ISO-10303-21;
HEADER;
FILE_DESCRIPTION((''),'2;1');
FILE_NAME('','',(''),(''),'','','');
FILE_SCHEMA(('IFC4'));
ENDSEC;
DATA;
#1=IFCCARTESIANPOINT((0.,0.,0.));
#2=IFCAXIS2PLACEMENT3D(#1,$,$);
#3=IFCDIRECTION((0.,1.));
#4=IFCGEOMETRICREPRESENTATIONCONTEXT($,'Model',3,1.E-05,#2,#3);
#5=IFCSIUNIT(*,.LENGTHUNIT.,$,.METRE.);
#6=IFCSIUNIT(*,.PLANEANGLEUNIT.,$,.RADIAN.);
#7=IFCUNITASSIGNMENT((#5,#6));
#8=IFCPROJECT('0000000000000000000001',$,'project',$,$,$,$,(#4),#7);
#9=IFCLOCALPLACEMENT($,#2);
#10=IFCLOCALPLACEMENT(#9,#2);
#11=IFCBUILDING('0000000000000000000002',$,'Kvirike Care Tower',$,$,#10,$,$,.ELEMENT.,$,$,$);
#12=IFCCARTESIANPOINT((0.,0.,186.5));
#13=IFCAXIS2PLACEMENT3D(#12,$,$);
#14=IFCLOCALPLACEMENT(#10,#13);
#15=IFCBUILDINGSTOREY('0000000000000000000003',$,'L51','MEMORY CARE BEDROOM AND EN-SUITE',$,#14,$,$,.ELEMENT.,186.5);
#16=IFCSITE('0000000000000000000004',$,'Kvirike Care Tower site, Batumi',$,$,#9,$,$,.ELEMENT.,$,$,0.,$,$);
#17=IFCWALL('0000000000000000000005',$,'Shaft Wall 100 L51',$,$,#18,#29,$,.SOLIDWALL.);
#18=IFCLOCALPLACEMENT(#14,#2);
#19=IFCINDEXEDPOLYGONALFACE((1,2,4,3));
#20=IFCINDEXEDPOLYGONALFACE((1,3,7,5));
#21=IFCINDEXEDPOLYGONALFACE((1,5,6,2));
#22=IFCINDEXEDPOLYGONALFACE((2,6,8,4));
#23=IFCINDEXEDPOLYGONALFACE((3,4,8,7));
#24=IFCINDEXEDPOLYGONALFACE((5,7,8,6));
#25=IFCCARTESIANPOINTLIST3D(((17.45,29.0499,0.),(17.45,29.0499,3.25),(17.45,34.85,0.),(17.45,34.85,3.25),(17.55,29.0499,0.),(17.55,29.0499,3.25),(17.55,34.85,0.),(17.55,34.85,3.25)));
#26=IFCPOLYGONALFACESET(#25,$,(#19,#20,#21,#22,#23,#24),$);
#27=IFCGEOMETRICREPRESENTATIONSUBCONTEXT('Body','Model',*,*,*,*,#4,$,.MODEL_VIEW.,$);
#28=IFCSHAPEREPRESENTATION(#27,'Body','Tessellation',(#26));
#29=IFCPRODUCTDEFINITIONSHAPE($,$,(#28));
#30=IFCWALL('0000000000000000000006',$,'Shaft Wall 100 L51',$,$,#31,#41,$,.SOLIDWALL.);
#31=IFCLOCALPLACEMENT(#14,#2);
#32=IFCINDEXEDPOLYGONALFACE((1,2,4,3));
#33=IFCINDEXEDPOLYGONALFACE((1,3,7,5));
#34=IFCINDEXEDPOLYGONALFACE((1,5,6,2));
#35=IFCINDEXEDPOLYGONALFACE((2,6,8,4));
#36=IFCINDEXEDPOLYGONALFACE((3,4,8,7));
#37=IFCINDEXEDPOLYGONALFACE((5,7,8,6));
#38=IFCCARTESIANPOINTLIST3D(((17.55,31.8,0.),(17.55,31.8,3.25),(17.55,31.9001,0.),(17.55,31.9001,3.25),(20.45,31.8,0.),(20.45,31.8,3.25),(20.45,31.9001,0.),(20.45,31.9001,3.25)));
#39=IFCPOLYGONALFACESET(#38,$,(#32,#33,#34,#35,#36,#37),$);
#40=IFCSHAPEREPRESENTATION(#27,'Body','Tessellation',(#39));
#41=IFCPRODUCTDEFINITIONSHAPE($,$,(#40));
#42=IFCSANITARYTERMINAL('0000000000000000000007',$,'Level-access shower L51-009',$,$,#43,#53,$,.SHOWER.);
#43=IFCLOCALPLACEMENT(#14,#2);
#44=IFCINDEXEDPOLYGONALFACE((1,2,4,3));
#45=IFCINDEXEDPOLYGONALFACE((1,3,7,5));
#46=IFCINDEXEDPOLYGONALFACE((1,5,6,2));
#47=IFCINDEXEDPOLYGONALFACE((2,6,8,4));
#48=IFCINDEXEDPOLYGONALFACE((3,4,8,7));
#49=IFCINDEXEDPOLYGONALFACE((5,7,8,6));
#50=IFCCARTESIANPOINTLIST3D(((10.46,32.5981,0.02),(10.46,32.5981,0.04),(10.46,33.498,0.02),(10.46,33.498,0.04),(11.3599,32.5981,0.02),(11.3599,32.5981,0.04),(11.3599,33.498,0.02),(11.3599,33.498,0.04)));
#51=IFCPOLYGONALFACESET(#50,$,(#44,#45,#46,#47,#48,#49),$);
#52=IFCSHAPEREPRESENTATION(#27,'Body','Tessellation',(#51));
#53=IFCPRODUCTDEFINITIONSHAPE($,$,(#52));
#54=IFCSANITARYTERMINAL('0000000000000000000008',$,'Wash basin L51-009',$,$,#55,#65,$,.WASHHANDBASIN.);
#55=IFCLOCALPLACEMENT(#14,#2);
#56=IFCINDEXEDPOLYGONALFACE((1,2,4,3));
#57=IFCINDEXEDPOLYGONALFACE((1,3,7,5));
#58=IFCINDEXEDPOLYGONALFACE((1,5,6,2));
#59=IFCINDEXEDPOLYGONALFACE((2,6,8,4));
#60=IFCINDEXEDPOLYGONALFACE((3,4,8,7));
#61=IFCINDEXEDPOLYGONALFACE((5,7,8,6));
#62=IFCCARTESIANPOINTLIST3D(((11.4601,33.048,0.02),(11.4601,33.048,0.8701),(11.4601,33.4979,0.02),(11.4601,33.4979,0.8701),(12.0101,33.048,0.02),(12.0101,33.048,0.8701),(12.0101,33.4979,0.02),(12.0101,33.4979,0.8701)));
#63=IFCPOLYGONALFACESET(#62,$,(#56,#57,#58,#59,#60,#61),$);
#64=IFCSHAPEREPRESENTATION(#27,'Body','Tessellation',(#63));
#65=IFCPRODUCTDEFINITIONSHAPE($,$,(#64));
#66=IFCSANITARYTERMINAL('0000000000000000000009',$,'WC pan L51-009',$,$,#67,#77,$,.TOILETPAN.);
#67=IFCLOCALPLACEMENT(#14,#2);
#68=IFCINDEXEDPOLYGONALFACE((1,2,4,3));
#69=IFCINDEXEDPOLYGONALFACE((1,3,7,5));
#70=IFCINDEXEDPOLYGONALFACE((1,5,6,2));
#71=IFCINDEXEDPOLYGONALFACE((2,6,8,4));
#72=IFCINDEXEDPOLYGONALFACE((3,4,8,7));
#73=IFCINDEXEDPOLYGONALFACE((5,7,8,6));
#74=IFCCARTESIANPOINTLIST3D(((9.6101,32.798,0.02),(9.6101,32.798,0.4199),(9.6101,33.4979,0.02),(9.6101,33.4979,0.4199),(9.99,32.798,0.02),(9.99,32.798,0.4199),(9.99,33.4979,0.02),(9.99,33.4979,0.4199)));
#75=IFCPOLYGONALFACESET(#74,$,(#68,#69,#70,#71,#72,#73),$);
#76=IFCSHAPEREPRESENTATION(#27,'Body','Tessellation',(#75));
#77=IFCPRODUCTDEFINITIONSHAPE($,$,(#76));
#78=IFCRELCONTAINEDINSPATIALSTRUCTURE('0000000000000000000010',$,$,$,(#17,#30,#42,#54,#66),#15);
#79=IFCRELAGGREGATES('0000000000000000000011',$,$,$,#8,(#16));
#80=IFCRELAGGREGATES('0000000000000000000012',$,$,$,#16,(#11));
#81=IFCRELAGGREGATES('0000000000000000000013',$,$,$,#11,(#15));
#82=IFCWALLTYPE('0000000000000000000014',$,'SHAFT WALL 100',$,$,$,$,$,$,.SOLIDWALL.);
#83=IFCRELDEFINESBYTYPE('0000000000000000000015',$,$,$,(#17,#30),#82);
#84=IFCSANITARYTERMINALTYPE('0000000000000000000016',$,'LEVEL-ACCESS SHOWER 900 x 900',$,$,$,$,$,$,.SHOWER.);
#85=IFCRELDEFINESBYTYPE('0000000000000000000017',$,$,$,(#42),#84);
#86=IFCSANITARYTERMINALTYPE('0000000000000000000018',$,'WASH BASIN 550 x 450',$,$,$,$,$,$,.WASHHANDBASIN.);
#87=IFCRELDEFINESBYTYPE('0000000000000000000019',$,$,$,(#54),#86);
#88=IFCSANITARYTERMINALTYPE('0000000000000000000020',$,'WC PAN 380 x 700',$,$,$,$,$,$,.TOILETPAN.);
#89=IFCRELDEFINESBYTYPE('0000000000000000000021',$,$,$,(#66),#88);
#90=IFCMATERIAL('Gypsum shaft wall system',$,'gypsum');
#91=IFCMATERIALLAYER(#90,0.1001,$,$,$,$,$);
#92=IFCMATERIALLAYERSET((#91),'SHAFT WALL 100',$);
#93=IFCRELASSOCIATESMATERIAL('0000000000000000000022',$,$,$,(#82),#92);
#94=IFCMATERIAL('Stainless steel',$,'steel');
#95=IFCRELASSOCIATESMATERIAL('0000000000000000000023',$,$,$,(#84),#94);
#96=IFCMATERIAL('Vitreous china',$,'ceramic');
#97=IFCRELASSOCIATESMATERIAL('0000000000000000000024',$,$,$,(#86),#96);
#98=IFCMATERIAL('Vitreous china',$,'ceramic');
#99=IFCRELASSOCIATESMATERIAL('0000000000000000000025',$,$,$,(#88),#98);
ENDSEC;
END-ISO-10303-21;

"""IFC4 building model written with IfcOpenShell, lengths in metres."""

from ifc_helpers import new_model, si_unit, direction, frame, frame_2d, origin, origin_2d, place, context, subcontext, project, spatial, rectangle, extrude, material, layer, layer_set, type_object, element, save


model = new_model("IFC4")

# Units and contexts
model_context = context("Model", 3, precision=1e-05, world=origin(), true_north=direction((0.0, 1.0)))
body_context = subcontext(model_context, "Body", "Model", "MODEL_VIEW")
ifc_project = project(units=[si_unit("LENGTHUNIT", "METRE"), si_unit("PLANEANGLEUNIT", "RADIAN")], contexts=[model_context])

# Site, building, storey
site_placement = place(None, origin())
site = spatial("IfcSite", under=ifc_project, at=site_placement, Name="Kvirike Care Tower site, Batumi", CompositionType="ELEMENT", RefElevation=0.0)
building_placement = place(site_placement, origin())
building = spatial("IfcBuilding", under=site, at=building_placement, Name="Kvirike Care Tower", CompositionType="ELEMENT")
storey_placement = place(building_placement, frame((0.0, 0.0, 186.5)))
storey = spatial("IfcBuildingStorey", under=building, at=storey_placement, Name="L51", Description="MEMORY CARE BEDROOM AND EN-SUITE", CompositionType="ELEMENT", Elevation=186.5)

# Walls
ifc_material_1 = material(Name="Gypsum shaft wall system", Category="gypsum")
ifc_layer_1 = layer(ifc_material_1, 0.1001)
ifc_layer_set_1 = layer_set([ifc_layer_1], Name="SHAFT WALL 100")
wall_type_1 = type_object("IfcWallType", Name="SHAFT WALL 100", PredefinedType="SOLIDWALL", material=ifc_layer_set_1)
wall_1_placement = place(storey_placement, frame((17.5, 29.05, 0.0), z_axis=(0.0, 0.0, 1.0), x_axis=(0.0, 1.0, 0.0)))
element("IfcWall", 1, at=wall_1_placement, inside=storey, type_object=wall_type_1, Name="Shaft Wall 100 L51", PredefinedType="SOLIDWALL", context=body_context, shape_type="SweptSolid", body=[
    extrude(rectangle(XDim=5.8, YDim=0.1001, at=frame_2d((2.8999, 0.0))), origin(), (0.0, 0.0, 1.0), 3.25),
])
wall_2_placement = place(storey_placement, frame((17.55, 31.8501, 0.0), z_axis=(0.0, 0.0, 1.0), x_axis=(1.0, 0.0, 0.0)))
element("IfcWall", 2, at=wall_2_placement, inside=storey, type_object=wall_type_1, Name="Shaft Wall 100 L51", PredefinedType="SOLIDWALL", context=body_context, shape_type="SweptSolid", body=[
    extrude(rectangle(XDim=2.8999, YDim=0.1001, at=frame_2d((1.45, 0.0))), origin(), (0.0, 0.0, 1.0), 3.25),
])

# Sanitary terminals
ifc_material_2 = material(Name="Stainless steel", Category="steel")
sanitary_terminal_type_1 = type_object("IfcSanitaryTerminalType", Name="LEVEL-ACCESS SHOWER 900 x 900", PredefinedType="SHOWER", material=ifc_material_2)
sanitary_terminal_1_placement = place(storey_placement, frame((10.9099, 33.0481, 0.02), z_axis=(0.0, 0.0, 1.0), x_axis=(1.0, 0.0, 0.0)))
element("IfcSanitaryTerminal", 3, at=sanitary_terminal_1_placement, inside=storey, type_object=sanitary_terminal_type_1, Name="Level-access shower L51-009", PredefinedType="SHOWER", context=body_context, shape_type="SweptSolid", body=[
    extrude(rectangle(XDim=0.8999, YDim=0.8999, at=origin_2d()), origin(), (0.0, 0.0, 1.0), 0.02),
])
ifc_material_3 = material(Name="Vitreous china", Category="ceramic")
sanitary_terminal_type_2 = type_object("IfcSanitaryTerminalType", Name="WASH BASIN 550 x 450", PredefinedType="WASHHANDBASIN", material=ifc_material_3)
sanitary_terminal_2_placement = place(storey_placement, frame((11.7351, 33.2729, 0.02), z_axis=(0.0, 0.0, 1.0), x_axis=(1.0, 0.0, 0.0)))
element("IfcSanitaryTerminal", 4, at=sanitary_terminal_2_placement, inside=storey, type_object=sanitary_terminal_type_2, Name="Wash basin L51-009", PredefinedType="WASHHANDBASIN", context=body_context, shape_type="SweptSolid", body=[
    extrude(rectangle(XDim=0.55, YDim=0.45, at=origin_2d()), origin(), (0.0, 0.0, 1.0), 0.8501),
])
ifc_material_4 = material(Name="Vitreous china", Category="ceramic")
sanitary_terminal_type_3 = type_object("IfcSanitaryTerminalType", Name="WC PAN 380 x 700", PredefinedType="TOILETPAN", material=ifc_material_4)
sanitary_terminal_3_placement = place(storey_placement, frame((9.8, 33.1479, 0.02), z_axis=(0.0, 0.0, 1.0), x_axis=(1.0, 0.0, 0.0)))
element("IfcSanitaryTerminal", 5, at=sanitary_terminal_3_placement, inside=storey, type_object=sanitary_terminal_type_3, Name="WC pan L51-009", PredefinedType="TOILETPAN", context=body_context, shape_type="SweptSolid", body=[
    extrude(rectangle(XDim=0.3799, YDim=0.7, at=origin_2d()), origin(), (0.0, 0.0, 1.0), 0.3999),
])

save(model, "model.ifc")
